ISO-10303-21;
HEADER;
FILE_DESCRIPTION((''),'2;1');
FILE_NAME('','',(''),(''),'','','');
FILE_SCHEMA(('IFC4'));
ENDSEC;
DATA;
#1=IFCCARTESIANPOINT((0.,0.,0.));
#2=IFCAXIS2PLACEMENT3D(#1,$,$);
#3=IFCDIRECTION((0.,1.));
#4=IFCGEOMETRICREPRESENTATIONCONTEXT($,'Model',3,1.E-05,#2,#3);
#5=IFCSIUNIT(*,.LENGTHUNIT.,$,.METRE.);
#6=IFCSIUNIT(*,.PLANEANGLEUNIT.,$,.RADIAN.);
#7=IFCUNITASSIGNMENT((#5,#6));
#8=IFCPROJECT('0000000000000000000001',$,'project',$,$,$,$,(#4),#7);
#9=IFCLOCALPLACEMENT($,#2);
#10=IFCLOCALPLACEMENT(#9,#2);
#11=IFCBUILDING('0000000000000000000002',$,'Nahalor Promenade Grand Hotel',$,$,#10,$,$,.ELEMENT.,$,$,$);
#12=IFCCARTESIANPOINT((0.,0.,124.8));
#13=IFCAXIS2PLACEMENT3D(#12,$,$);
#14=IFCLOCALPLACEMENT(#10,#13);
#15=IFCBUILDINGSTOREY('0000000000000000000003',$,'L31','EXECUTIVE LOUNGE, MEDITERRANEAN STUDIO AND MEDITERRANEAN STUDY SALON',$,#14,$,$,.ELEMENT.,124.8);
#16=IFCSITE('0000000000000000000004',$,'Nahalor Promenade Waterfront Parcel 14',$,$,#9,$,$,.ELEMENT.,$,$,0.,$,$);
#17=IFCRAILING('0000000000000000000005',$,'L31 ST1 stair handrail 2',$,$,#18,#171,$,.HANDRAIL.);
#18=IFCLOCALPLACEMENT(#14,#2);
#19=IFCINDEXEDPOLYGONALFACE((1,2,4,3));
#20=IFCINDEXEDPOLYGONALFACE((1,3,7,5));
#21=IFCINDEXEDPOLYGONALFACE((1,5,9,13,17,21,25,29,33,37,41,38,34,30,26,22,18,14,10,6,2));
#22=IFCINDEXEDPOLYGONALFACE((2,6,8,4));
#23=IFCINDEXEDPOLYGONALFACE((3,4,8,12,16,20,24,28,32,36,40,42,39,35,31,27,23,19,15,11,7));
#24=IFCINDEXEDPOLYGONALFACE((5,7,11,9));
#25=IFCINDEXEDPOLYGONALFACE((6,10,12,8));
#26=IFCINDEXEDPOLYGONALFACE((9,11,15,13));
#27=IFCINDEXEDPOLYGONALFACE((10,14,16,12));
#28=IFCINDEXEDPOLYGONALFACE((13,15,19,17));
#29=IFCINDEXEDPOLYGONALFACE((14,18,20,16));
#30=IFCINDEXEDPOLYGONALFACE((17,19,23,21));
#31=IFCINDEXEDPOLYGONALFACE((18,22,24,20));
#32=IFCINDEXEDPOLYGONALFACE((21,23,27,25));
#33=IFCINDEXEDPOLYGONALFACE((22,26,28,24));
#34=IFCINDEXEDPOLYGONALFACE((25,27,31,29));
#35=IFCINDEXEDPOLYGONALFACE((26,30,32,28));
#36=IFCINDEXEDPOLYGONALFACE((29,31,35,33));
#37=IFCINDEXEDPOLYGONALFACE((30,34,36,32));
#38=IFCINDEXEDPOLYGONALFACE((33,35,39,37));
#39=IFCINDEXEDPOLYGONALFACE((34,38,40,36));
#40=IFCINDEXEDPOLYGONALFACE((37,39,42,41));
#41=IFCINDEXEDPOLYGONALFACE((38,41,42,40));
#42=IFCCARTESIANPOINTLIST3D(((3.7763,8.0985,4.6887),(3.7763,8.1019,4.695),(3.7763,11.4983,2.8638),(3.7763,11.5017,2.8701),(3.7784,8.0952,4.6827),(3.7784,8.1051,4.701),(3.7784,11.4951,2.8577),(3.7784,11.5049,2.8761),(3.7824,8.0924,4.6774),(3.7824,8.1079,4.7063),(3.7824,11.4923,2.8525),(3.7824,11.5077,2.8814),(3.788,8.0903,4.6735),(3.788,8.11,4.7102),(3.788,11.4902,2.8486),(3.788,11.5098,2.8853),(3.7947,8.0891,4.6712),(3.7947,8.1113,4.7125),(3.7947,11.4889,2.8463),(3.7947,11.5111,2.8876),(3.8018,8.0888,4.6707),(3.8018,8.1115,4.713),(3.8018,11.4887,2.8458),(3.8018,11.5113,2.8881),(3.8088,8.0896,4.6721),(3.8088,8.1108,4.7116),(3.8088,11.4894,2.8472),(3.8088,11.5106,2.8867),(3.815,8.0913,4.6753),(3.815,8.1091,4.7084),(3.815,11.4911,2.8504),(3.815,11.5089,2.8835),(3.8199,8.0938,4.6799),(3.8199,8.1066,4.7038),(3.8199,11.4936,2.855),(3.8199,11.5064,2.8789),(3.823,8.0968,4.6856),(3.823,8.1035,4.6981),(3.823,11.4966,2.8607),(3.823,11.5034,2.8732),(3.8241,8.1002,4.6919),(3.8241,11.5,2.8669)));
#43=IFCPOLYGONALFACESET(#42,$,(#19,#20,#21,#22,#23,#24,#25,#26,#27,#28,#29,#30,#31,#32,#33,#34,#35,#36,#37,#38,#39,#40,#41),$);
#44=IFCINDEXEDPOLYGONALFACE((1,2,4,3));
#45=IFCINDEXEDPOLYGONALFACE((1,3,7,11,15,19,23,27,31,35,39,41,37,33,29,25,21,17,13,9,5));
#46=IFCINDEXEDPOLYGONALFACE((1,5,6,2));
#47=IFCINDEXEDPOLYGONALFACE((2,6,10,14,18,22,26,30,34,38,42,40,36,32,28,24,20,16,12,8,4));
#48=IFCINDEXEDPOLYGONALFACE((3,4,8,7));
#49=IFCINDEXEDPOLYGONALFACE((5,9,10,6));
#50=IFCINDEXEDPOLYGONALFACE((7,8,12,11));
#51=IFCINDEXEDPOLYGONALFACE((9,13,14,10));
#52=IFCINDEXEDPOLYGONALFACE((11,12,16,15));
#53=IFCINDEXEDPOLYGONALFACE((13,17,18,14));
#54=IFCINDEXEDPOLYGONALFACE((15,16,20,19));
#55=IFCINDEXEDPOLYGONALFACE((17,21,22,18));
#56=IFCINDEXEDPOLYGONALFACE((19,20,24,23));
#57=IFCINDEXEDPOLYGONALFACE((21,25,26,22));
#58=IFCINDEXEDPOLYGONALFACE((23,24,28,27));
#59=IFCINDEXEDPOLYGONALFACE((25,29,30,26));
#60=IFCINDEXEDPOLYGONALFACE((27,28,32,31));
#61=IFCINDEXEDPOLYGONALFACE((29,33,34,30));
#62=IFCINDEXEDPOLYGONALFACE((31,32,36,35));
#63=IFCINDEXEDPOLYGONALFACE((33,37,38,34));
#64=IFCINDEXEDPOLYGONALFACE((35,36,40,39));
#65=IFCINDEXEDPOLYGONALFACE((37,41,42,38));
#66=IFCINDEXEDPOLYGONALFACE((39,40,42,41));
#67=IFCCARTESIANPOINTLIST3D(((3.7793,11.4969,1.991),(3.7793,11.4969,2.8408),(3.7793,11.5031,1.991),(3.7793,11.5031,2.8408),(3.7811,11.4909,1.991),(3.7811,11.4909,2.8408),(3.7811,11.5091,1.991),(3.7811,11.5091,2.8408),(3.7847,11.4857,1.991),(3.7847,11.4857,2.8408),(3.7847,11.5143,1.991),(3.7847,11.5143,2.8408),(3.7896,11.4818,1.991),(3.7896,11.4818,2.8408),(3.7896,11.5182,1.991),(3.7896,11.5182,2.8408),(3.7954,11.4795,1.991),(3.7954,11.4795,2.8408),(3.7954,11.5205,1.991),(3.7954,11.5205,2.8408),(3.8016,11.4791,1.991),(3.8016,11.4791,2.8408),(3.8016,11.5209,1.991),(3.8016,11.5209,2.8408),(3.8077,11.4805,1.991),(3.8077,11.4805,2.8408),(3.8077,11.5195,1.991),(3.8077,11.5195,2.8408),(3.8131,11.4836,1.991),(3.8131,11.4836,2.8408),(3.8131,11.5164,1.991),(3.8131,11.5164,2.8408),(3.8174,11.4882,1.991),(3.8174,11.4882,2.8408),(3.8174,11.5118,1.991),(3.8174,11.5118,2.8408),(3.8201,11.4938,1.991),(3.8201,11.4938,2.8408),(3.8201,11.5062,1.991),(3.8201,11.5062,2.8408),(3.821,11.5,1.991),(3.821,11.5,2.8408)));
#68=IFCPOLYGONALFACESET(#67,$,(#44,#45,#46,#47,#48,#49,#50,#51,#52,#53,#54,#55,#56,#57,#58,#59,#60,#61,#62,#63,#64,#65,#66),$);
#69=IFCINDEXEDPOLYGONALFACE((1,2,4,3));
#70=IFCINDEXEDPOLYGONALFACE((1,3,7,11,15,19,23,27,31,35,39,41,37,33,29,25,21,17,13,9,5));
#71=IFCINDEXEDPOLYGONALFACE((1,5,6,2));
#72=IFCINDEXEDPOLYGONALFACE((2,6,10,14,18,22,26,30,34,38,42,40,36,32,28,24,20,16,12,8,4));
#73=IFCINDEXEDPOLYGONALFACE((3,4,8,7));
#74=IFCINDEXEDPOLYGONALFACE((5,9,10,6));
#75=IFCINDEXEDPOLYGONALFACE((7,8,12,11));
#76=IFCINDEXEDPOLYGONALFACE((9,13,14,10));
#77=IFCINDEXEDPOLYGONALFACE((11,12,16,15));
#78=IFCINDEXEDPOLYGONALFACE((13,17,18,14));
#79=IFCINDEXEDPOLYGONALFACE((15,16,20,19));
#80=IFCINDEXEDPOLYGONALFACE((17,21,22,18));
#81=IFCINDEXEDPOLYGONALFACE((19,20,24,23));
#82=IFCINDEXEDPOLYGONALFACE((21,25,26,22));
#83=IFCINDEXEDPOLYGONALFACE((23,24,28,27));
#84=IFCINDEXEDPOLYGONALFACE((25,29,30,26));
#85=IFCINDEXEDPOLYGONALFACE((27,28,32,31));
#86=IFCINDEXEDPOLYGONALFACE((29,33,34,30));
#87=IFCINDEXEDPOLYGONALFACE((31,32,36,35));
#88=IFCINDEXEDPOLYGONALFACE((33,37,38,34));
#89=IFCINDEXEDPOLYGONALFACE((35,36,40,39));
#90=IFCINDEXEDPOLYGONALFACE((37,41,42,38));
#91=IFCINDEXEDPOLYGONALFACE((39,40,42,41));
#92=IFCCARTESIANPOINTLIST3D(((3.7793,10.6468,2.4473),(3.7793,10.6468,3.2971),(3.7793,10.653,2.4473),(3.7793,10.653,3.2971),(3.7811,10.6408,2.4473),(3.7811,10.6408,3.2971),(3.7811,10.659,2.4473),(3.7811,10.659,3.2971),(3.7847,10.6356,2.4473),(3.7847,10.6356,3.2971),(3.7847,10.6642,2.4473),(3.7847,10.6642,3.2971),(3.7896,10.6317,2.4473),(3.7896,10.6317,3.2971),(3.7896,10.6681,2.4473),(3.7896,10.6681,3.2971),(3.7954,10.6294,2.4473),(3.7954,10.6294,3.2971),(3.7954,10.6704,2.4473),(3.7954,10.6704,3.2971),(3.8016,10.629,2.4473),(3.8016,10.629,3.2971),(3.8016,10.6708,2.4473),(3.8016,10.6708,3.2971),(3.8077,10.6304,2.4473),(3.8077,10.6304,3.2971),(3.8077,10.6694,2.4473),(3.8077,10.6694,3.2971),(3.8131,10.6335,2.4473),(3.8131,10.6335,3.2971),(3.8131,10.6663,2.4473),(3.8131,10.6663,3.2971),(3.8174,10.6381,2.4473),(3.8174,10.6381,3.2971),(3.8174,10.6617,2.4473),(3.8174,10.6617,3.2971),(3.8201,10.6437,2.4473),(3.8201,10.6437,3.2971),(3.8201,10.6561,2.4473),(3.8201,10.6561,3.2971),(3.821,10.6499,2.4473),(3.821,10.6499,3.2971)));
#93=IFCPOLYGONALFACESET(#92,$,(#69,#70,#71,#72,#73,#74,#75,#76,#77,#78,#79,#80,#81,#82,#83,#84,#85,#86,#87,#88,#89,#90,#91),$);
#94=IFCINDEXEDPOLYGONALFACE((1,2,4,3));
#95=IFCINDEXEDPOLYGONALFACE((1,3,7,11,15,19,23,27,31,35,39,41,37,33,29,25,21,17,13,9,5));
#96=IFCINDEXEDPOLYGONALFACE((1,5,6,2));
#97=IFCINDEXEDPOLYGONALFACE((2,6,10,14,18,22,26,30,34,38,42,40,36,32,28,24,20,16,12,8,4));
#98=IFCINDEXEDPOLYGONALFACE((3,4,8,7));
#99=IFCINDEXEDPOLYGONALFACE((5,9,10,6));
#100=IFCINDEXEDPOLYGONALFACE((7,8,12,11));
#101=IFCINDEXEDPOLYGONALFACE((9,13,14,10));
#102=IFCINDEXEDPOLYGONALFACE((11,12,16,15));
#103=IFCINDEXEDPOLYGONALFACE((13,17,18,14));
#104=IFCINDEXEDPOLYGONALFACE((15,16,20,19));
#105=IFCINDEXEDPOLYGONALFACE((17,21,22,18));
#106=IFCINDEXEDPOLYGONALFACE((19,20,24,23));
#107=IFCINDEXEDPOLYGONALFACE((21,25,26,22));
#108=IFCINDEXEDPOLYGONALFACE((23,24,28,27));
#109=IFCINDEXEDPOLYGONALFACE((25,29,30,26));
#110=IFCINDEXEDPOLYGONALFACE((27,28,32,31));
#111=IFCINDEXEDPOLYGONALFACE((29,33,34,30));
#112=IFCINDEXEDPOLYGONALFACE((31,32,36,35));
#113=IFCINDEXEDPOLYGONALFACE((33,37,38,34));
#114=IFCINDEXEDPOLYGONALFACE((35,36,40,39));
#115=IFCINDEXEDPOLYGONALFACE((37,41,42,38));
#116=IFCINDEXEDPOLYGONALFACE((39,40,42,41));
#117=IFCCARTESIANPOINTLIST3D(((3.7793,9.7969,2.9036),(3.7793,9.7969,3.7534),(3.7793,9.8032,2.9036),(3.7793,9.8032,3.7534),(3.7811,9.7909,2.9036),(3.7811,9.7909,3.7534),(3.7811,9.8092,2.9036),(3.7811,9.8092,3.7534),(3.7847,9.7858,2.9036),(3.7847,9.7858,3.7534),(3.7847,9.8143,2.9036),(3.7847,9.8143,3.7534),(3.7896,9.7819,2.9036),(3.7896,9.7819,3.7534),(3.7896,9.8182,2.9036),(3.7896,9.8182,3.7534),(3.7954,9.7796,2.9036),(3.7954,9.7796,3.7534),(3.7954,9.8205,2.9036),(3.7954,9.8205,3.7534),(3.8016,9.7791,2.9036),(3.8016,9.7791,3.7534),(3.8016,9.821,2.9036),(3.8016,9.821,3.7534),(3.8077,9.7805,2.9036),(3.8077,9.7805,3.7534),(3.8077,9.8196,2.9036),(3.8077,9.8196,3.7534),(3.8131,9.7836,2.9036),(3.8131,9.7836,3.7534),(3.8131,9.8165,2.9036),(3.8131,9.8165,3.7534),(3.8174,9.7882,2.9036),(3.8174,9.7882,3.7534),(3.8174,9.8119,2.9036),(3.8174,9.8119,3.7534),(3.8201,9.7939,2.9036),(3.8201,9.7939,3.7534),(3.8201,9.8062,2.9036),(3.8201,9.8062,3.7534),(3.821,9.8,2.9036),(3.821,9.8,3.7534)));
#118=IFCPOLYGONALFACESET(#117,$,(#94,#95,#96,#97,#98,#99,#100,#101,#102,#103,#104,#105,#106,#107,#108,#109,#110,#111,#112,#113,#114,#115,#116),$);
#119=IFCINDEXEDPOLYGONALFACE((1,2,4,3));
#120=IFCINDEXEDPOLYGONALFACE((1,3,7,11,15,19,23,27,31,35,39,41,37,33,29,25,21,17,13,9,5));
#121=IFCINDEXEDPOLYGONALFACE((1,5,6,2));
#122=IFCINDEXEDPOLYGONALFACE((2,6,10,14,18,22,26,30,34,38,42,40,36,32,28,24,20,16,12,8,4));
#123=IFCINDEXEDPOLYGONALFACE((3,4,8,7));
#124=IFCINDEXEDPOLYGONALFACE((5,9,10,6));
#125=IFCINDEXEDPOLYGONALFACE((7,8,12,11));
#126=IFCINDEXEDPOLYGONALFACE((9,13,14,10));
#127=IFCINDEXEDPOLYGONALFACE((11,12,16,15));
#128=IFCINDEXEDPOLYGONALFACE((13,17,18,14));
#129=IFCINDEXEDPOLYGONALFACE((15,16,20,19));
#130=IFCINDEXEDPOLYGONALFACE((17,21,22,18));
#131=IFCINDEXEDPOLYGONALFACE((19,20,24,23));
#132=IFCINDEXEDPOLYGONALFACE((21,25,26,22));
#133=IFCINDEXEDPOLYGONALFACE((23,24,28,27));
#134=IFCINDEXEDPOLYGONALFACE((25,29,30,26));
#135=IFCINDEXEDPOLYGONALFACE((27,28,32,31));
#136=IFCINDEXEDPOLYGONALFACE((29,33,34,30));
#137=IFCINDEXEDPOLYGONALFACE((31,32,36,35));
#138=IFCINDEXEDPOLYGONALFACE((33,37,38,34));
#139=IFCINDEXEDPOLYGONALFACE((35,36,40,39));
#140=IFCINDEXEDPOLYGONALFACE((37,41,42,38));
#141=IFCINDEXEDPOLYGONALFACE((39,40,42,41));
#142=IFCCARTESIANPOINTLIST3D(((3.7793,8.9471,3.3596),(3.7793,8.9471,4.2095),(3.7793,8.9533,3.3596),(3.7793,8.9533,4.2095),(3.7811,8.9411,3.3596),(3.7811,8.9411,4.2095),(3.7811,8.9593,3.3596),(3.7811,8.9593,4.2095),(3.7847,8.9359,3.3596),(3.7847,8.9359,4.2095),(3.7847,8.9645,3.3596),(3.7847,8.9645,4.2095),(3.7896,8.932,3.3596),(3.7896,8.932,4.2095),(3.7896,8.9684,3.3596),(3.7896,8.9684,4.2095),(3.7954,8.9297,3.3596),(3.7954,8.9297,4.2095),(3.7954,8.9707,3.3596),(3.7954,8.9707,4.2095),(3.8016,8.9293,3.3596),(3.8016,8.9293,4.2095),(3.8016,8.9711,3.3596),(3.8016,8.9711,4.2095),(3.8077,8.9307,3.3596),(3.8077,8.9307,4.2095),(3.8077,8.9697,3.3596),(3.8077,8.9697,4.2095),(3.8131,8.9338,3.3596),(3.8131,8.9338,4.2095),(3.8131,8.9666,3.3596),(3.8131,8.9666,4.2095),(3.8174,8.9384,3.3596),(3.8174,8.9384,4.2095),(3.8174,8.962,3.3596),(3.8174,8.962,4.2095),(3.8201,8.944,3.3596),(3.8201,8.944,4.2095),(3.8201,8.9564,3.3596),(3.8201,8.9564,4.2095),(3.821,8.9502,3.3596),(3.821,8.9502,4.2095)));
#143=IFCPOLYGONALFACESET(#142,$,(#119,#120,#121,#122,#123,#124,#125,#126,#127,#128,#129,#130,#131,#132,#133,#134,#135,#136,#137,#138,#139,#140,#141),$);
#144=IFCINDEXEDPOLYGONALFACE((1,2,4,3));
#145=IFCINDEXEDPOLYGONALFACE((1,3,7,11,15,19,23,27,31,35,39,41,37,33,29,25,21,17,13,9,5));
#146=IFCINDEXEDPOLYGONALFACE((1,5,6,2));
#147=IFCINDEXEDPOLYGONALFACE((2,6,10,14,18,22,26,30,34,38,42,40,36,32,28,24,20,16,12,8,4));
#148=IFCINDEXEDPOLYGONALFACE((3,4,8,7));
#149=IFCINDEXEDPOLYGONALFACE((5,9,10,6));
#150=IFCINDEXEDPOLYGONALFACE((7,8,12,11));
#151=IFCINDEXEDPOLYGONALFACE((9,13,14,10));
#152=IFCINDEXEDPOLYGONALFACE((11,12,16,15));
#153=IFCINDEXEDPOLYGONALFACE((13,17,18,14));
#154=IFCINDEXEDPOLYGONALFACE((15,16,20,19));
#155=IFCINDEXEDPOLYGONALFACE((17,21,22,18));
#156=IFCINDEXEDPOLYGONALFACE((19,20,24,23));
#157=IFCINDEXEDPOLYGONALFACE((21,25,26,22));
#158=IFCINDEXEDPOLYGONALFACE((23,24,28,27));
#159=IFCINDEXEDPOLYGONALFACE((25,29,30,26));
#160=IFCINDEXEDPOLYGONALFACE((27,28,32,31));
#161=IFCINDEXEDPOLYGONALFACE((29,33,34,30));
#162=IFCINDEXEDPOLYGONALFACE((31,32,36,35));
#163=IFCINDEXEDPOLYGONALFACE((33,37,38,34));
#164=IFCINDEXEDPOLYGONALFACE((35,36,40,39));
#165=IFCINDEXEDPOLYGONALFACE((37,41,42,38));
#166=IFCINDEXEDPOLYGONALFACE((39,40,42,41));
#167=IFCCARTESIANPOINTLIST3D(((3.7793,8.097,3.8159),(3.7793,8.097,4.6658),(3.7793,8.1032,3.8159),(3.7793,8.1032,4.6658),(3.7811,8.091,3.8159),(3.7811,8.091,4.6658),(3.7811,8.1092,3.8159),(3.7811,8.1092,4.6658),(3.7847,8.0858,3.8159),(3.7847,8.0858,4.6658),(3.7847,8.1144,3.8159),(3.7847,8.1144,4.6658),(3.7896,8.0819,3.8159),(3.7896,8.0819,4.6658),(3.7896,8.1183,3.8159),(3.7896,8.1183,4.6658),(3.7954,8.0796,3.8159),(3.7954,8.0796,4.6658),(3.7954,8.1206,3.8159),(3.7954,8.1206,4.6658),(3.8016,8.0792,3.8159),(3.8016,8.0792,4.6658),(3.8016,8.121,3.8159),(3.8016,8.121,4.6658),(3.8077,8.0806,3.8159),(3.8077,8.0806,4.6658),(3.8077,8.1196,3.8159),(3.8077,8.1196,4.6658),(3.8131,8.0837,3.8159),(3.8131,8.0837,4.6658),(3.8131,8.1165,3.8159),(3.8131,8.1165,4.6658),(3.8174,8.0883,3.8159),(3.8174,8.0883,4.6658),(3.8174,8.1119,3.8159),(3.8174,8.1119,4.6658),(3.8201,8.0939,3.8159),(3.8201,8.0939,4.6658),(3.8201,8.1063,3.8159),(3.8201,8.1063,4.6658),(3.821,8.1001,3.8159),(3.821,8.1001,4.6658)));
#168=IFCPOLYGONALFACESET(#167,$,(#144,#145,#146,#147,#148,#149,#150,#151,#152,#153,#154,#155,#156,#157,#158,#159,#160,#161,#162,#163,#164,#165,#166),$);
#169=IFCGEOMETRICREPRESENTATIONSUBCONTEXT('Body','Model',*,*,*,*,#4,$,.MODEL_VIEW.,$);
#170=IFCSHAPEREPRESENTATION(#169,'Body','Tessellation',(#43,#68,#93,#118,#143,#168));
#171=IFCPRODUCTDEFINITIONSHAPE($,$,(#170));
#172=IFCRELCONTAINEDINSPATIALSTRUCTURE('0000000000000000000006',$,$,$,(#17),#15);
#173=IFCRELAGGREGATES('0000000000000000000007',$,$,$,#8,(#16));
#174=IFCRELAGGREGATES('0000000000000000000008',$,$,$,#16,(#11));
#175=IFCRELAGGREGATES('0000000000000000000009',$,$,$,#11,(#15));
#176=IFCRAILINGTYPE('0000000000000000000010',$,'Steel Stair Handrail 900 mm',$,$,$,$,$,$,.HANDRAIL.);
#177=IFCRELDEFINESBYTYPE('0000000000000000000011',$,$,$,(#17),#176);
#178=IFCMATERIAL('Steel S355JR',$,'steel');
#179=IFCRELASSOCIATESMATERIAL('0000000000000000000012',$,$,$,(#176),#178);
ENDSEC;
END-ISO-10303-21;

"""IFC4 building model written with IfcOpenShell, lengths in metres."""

from ifc_helpers import new_model, si_unit, direction, frame, origin, origin_2d, place, context, subcontext, project, spatial, circle, extrude, material, type_object, element, save


model = new_model("IFC4")

# Units and contexts
model_context = context("Model", 3, precision=1e-05, world=origin(), true_north=direction((0.0, 1.0)))
body_context = subcontext(model_context, "Body", "Model", "MODEL_VIEW")
ifc_project = project(units=[si_unit("LENGTHUNIT", "METRE"), si_unit("PLANEANGLEUNIT", "RADIAN")], contexts=[model_context])

# Site, building, storey
site_placement = place(None, origin())
site = spatial("IfcSite", under=ifc_project, at=site_placement, Name="Nahalor Promenade Waterfront Parcel 14", CompositionType="ELEMENT", RefElevation=0.0)
building_placement = place(site_placement, origin())
building = spatial("IfcBuilding", under=site, at=building_placement, Name="Nahalor Promenade Grand Hotel", CompositionType="ELEMENT")
storey_placement = place(building_placement, frame((0.0, 0.0, 124.8)))
storey = spatial("IfcBuildingStorey", under=building, at=storey_placement, Name="L31", Description="EXECUTIVE LOUNGE, MEDITERRANEAN STUDIO AND MEDITERRANEAN STUDY SALON", CompositionType="ELEMENT", Elevation=124.8)

# Shared definitions
ifc_material_1 = material(Name="Steel S355JR", Category="steel")

# Railing
railing_type_1 = type_object("IfcRailingType", Name="Steel Stair Handrail 900 mm", PredefinedType="HANDRAIL", material=ifc_material_1)
railing_1_placement = place(storey_placement, frame((3.8, 11.5, 1.991)))
element("IfcRailing", 1, at=railing_1_placement, inside=storey, type_object=railing_type_1, Name="L31 ST1 stair handrail 2", PredefinedType="HANDRAIL", context=body_context, shape_type="SweptSolid", body=[
    extrude(circle(Radius=0.024, at=origin_2d()), frame((0.0, 0.0, 0.876), z_axis=(0.0, -0.881094, 0.472941), x_axis=(1.0, 0.0, 0.0)), (0.0, 0.0, 1.0), 3.8586),
    extrude(circle(Radius=0.021, at=origin_2d()), origin(), (0.0, 0.0, 1.0), 0.8499),
    extrude(circle(Radius=0.021, at=origin_2d()), frame((0.0, -0.8501, 0.4563)), (0.0, 0.0, 1.0), 0.8499),
    extrude(circle(Radius=0.021, at=origin_2d()), frame((0.0, -1.7, 0.9126)), (0.0, 0.0, 1.0), 0.8499),
    extrude(circle(Radius=0.021, at=origin_2d()), frame((0.0, -2.5498, 1.3687)), (0.0, 0.0, 1.0), 0.8499),
    extrude(circle(Radius=0.021, at=origin_2d()), frame((0.0, -3.3999, 1.825)), (0.0, 0.0, 1.0), 0.8499),
])

save(model, "model.ifc")
